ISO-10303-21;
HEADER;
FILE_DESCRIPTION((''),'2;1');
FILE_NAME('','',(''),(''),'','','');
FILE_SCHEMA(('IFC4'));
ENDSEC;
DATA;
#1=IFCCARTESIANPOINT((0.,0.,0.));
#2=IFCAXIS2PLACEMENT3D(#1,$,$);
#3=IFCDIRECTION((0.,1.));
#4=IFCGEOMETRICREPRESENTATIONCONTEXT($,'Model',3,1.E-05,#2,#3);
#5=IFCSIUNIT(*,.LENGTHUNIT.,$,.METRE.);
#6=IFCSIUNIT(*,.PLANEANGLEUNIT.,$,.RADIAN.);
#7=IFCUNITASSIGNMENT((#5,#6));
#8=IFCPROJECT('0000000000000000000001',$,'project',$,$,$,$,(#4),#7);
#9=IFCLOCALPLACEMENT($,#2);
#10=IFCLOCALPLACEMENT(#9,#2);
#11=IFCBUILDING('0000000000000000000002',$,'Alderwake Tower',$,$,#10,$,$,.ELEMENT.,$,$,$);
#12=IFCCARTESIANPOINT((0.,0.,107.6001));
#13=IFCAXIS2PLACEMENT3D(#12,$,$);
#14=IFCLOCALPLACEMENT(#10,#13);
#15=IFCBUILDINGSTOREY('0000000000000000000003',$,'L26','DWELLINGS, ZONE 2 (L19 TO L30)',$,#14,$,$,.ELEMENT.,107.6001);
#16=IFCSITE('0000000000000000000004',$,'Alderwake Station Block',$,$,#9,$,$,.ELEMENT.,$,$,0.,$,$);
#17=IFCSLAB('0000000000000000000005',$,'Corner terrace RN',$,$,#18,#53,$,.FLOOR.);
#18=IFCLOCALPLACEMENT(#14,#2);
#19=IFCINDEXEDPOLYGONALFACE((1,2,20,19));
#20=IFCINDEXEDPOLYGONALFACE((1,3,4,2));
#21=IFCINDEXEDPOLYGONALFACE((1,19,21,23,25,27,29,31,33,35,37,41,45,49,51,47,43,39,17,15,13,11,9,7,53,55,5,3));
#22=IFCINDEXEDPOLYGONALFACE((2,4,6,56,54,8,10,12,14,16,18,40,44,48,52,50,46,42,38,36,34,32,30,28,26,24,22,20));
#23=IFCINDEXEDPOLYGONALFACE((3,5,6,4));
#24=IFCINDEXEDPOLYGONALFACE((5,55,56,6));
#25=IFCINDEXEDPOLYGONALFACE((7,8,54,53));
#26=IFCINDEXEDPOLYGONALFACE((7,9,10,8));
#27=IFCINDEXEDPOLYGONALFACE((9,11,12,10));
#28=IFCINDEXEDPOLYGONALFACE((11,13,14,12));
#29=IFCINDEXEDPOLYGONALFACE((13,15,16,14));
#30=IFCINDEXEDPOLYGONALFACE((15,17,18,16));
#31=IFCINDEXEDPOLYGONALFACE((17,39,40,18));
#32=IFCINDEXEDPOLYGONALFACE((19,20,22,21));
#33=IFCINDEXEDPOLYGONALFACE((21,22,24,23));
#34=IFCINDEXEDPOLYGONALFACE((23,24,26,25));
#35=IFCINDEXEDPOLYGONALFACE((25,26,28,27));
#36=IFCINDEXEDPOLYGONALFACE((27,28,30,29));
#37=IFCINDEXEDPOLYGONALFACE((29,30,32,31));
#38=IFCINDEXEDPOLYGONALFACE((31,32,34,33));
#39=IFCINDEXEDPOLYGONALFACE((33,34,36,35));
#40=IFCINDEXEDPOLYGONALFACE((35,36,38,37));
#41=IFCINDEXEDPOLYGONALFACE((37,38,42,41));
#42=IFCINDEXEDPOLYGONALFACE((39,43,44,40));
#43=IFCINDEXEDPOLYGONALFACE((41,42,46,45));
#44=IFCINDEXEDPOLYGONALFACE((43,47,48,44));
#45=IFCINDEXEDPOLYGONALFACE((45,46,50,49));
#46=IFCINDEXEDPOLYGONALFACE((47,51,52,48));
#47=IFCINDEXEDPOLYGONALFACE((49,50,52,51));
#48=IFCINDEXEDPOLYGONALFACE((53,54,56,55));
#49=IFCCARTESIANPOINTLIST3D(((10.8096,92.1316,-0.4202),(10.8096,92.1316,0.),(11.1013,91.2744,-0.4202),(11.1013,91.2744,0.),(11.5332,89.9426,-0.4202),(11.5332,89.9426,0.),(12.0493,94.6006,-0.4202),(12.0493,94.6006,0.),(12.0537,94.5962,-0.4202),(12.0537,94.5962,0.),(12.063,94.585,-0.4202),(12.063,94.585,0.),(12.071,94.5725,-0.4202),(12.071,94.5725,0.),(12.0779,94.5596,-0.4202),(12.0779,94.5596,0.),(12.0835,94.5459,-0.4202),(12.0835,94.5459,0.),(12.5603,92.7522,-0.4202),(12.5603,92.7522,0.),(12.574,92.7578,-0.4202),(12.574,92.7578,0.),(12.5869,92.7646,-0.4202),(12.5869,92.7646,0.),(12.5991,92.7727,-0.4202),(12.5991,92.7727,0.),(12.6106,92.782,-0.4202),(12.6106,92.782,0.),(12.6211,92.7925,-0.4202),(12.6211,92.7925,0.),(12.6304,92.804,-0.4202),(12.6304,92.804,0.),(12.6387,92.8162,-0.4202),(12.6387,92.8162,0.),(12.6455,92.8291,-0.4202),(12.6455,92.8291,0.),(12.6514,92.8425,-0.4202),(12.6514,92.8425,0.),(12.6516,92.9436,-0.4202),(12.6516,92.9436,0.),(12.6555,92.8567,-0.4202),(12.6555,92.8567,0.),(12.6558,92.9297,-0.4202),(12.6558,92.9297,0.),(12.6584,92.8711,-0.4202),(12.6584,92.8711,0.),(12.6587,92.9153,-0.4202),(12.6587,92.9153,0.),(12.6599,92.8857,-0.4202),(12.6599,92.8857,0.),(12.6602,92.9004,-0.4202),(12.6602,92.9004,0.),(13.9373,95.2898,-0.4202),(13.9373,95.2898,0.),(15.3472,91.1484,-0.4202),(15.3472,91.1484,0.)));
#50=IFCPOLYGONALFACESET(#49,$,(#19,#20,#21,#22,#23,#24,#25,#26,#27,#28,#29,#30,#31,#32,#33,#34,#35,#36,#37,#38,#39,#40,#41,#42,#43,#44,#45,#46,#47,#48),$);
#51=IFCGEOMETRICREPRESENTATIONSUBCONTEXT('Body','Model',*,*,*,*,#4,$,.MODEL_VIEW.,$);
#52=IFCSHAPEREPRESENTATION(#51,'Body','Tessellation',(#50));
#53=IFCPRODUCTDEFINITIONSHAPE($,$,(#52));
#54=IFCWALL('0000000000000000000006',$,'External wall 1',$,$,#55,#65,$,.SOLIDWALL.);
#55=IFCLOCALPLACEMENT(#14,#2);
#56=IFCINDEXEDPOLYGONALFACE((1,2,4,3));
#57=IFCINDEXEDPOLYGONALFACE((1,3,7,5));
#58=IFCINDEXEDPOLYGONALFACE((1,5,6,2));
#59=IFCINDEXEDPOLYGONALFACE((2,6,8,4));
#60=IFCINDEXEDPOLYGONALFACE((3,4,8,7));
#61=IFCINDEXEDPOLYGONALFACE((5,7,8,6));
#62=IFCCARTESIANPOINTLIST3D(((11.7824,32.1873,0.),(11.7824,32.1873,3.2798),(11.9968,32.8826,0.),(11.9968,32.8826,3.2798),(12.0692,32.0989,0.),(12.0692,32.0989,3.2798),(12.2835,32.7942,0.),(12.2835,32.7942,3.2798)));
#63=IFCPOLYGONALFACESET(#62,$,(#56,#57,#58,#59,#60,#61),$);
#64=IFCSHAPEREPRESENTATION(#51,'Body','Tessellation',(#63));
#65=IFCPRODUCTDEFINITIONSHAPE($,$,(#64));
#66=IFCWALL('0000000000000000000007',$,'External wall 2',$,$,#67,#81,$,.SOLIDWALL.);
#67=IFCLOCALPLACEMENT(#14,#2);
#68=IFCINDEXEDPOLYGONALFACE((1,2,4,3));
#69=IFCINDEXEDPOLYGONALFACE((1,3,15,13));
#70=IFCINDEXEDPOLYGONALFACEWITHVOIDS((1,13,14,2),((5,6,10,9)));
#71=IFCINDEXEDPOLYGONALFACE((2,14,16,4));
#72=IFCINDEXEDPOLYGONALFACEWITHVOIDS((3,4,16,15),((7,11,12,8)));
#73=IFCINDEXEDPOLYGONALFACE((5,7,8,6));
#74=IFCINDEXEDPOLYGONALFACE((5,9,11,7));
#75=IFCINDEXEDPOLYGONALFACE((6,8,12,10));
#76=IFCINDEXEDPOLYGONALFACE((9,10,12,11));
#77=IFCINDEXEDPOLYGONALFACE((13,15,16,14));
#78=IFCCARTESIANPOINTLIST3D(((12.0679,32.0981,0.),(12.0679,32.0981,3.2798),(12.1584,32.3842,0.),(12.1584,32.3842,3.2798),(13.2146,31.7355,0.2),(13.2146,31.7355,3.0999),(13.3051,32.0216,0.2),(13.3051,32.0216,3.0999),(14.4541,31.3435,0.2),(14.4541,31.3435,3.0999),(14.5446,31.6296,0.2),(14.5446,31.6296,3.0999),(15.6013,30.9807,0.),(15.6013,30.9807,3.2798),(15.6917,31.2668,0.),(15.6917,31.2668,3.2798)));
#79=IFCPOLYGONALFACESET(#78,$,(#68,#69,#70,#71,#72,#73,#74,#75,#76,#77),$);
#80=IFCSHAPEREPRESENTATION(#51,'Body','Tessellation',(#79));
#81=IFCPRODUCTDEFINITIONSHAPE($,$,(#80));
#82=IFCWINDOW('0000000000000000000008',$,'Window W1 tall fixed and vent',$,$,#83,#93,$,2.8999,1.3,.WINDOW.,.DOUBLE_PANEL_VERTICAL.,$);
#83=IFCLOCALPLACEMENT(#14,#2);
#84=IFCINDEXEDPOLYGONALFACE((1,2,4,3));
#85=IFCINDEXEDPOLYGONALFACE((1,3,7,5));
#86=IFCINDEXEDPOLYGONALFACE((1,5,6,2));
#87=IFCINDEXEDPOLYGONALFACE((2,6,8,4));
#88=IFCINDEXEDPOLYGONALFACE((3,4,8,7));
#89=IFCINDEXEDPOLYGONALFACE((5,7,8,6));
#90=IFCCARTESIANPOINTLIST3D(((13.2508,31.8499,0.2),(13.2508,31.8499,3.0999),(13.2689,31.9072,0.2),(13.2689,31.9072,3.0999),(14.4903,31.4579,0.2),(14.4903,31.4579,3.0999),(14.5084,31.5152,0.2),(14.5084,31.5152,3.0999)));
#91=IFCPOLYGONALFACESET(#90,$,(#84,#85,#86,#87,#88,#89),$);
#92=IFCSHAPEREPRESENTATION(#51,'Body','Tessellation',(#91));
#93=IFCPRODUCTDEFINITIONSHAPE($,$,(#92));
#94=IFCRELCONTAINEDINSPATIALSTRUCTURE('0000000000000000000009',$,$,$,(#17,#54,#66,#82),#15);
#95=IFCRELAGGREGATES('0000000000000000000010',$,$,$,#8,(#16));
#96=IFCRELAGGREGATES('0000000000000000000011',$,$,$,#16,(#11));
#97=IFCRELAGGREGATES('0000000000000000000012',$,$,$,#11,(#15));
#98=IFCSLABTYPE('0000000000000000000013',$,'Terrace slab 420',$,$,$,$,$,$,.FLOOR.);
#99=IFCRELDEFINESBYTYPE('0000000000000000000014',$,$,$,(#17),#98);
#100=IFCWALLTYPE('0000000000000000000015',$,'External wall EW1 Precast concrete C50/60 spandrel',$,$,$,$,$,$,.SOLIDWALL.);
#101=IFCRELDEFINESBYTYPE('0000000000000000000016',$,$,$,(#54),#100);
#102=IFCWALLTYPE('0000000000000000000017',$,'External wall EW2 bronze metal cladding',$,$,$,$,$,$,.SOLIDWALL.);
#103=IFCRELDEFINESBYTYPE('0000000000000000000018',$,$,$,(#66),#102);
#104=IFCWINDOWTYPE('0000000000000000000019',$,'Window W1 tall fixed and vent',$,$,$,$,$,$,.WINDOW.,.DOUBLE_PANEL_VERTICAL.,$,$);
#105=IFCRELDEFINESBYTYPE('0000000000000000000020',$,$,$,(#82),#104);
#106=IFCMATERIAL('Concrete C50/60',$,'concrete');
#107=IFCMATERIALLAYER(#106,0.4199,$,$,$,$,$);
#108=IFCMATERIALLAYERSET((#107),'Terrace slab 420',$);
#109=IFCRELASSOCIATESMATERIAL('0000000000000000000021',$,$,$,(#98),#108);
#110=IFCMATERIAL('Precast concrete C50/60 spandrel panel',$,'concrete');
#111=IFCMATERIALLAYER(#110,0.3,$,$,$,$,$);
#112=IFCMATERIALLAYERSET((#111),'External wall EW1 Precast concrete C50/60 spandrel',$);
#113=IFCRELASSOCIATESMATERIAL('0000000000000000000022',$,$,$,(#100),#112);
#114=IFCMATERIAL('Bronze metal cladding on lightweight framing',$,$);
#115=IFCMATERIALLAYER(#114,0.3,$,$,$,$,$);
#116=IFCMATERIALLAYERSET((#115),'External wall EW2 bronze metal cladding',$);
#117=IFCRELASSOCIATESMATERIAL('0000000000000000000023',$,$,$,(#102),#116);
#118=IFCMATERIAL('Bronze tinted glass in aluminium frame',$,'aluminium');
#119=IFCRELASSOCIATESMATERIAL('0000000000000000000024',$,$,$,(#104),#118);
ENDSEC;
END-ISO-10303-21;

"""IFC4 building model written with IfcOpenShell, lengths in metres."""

from ifc_helpers import new_model, si_unit, direction, frame, frame_2d, origin, place, context, subcontext, project, spatial, polyline, rectangle, outline, extrude, material, layer, layer_set, type_object, element, fill, save


model = new_model("IFC4")

# Units and contexts
model_context = context("Model", 3, precision=1e-05, world=origin(), true_north=direction((0.0, 1.0)))
body_context = subcontext(model_context, "Body", "Model", "MODEL_VIEW")
ifc_project = project(units=[si_unit("LENGTHUNIT", "METRE"), si_unit("PLANEANGLEUNIT", "RADIAN")], contexts=[model_context])

# Site, building, storey
site_placement = place(None, origin())
site = spatial("IfcSite", under=ifc_project, at=site_placement, Name="Alderwake Station Block", CompositionType="ELEMENT", RefElevation=0.0)
building_placement = place(site_placement, origin())
building = spatial("IfcBuilding", under=site, at=building_placement, Name="Alderwake Tower", CompositionType="ELEMENT")
storey_placement = place(building_placement, frame((0.0, 0.0, 107.6001)))
storey = spatial("IfcBuildingStorey", under=building, at=storey_placement, Name="L26", Description="DWELLINGS, ZONE 2 (L19 TO L30)", CompositionType="ELEMENT", Elevation=107.6001)

# Slab
ifc_material_1 = material(Name="Concrete C50/60", Category="concrete")
ifc_layer_1 = layer(ifc_material_1, 0.4199)
ifc_layer_set_1 = layer_set([ifc_layer_1], Name="Terrace slab 420")
slab_type_1 = type_object("IfcSlabType", Name="Terrace slab 420", PredefinedType="FLOOR", material=ifc_layer_set_1)
slab_1_placement = place(storey_placement, frame((0.0, 0.0, -0.4202)))
element("IfcSlab", 1, at=slab_1_placement, inside=storey, type_object=slab_type_1, Name="Corner terrace RN", PredefinedType="FLOOR", context=body_context, shape_type="SweptSolid", body=[
    extrude(outline(polyline([(10.8096, 92.1316), (12.5603, 92.7522), (12.574, 92.7578), (12.5869, 92.7646), (12.5991, 92.7727), (12.6106, 92.782), (12.6211, 92.7925), (12.6304, 92.804), (12.6387, 92.8162), (12.6455, 92.8291), (12.6514, 92.8425), (12.6555, 92.8567), (12.6584, 92.8711), (12.6599, 92.8857), (12.6602, 92.9004), (12.6587, 92.9153), (12.6558, 92.9297), (12.6516, 92.9436), (12.0835, 94.5459), (12.0779, 94.5596), (12.071, 94.5725), (12.063, 94.585), (12.0537, 94.5962), (12.0493, 94.6006), (13.9373, 95.2898), (15.3472, 91.1484), (11.5332, 89.9426), (11.1013, 91.2744), (10.8096, 92.1316)])), origin(), (0.0, 0.0, 1.0), 0.4202),
])

# Wall
ifc_material_2 = material(Name="Precast concrete C50/60 spandrel panel", Category="concrete")
ifc_layer_2 = layer(ifc_material_2, 0.3)
ifc_layer_set_2 = layer_set([ifc_layer_2], Name="External wall EW1 Precast concrete C50/60 spandrel")
wall_type_1 = type_object("IfcWallType", Name="External wall EW1 Precast concrete C50/60 spandrel", PredefinedType="SOLIDWALL", material=ifc_layer_set_2)
wall_1_placement = place(storey_placement, frame((12.1401, 32.8384, 0.0), z_axis=(0.0, 0.0, 1.0), x_axis=(-0.294605, -0.955619, 0.0)))
element("IfcWall", 2, at=wall_1_placement, inside=storey, type_object=wall_type_1, Name="External wall 1", PredefinedType="SOLIDWALL", context=body_context, shape_type="SweptSolid", body=[
    extrude(rectangle(XDim=0.7275, YDim=0.3, at=frame_2d((0.3638, 0.0))), origin(), (0.0, 0.0, 1.0), 3.2798),
])

# Wall, opening, window
ifc_material_3 = material(Name="Bronze metal cladding on lightweight framing")
ifc_layer_3 = layer(ifc_material_3, 0.3)
ifc_layer_set_3 = layer_set([ifc_layer_3], Name="External wall EW2 bronze metal cladding")
wall_type_2 = type_object("IfcWallType", Name="External wall EW2 bronze metal cladding", PredefinedType="SOLIDWALL", material=ifc_layer_set_3)
wall_2_placement = place(storey_placement, frame((12.113, 32.2412, 0.0), z_axis=(0.0, 0.0, 1.0), x_axis=(0.953458, -0.301525, 0.0)))
wall_2 = element("IfcWall", 3, at=wall_2_placement, inside=storey, type_object=wall_type_2, Name="External wall 2", PredefinedType="SOLIDWALL", context=body_context, shape_type="SweptSolid", body=[
    extrude(rectangle(XDim=3.7058, YDim=0.3, at=frame_2d((1.853, 0.0))), origin(), (0.0, 0.0, 1.0), 3.2798),
])
opening_placement = place(wall_2_placement, frame((1.2029, 0.0, 0.2)))
opening = element("IfcOpeningElement", 4, at=opening_placement, cuts=wall_2, PredefinedType="OPENING", context=body_context, shape_type="SweptSolid", body=[
    extrude(rectangle(XDim=1.3, YDim=2.8999, at=frame_2d((0.6499, 1.45))), frame((0.0, 0.1599, 0.0), z_axis=(0.0, -1.0, 0.0), x_axis=(1.0, 0.0, 0.0)), (0.0, 0.0, 1.0), 0.3201),
])
ifc_material_4 = material(Name="Bronze tinted glass in aluminium frame", Category="aluminium")
window_type = type_object("IfcWindowType", Name="Window W1 tall fixed and vent", PartitioningType="DOUBLE_PANEL_VERTICAL", PredefinedType="WINDOW", material=ifc_material_4)
window_placement = place(opening_placement, origin())
window = element("IfcWindow", 5, at=window_placement, inside=storey, type_object=window_type, Name="Window W1 tall fixed and vent", OverallHeight=2.8999, OverallWidth=1.3, PartitioningType="DOUBLE_PANEL_VERTICAL", PredefinedType="WINDOW", context=body_context, shape_type="SweptSolid", body=[
    extrude(rectangle(XDim=1.3, YDim=2.8999, at=frame_2d((0.6499, 1.45))), frame((0.0, 0.03, 0.0), z_axis=(0.0, -1.0, 0.0), x_axis=(1.0, 0.0, 0.0)), (0.0, 0.0, 1.0), 0.0601),
])
fill(opening, window)

save(model, "model.ifc")
